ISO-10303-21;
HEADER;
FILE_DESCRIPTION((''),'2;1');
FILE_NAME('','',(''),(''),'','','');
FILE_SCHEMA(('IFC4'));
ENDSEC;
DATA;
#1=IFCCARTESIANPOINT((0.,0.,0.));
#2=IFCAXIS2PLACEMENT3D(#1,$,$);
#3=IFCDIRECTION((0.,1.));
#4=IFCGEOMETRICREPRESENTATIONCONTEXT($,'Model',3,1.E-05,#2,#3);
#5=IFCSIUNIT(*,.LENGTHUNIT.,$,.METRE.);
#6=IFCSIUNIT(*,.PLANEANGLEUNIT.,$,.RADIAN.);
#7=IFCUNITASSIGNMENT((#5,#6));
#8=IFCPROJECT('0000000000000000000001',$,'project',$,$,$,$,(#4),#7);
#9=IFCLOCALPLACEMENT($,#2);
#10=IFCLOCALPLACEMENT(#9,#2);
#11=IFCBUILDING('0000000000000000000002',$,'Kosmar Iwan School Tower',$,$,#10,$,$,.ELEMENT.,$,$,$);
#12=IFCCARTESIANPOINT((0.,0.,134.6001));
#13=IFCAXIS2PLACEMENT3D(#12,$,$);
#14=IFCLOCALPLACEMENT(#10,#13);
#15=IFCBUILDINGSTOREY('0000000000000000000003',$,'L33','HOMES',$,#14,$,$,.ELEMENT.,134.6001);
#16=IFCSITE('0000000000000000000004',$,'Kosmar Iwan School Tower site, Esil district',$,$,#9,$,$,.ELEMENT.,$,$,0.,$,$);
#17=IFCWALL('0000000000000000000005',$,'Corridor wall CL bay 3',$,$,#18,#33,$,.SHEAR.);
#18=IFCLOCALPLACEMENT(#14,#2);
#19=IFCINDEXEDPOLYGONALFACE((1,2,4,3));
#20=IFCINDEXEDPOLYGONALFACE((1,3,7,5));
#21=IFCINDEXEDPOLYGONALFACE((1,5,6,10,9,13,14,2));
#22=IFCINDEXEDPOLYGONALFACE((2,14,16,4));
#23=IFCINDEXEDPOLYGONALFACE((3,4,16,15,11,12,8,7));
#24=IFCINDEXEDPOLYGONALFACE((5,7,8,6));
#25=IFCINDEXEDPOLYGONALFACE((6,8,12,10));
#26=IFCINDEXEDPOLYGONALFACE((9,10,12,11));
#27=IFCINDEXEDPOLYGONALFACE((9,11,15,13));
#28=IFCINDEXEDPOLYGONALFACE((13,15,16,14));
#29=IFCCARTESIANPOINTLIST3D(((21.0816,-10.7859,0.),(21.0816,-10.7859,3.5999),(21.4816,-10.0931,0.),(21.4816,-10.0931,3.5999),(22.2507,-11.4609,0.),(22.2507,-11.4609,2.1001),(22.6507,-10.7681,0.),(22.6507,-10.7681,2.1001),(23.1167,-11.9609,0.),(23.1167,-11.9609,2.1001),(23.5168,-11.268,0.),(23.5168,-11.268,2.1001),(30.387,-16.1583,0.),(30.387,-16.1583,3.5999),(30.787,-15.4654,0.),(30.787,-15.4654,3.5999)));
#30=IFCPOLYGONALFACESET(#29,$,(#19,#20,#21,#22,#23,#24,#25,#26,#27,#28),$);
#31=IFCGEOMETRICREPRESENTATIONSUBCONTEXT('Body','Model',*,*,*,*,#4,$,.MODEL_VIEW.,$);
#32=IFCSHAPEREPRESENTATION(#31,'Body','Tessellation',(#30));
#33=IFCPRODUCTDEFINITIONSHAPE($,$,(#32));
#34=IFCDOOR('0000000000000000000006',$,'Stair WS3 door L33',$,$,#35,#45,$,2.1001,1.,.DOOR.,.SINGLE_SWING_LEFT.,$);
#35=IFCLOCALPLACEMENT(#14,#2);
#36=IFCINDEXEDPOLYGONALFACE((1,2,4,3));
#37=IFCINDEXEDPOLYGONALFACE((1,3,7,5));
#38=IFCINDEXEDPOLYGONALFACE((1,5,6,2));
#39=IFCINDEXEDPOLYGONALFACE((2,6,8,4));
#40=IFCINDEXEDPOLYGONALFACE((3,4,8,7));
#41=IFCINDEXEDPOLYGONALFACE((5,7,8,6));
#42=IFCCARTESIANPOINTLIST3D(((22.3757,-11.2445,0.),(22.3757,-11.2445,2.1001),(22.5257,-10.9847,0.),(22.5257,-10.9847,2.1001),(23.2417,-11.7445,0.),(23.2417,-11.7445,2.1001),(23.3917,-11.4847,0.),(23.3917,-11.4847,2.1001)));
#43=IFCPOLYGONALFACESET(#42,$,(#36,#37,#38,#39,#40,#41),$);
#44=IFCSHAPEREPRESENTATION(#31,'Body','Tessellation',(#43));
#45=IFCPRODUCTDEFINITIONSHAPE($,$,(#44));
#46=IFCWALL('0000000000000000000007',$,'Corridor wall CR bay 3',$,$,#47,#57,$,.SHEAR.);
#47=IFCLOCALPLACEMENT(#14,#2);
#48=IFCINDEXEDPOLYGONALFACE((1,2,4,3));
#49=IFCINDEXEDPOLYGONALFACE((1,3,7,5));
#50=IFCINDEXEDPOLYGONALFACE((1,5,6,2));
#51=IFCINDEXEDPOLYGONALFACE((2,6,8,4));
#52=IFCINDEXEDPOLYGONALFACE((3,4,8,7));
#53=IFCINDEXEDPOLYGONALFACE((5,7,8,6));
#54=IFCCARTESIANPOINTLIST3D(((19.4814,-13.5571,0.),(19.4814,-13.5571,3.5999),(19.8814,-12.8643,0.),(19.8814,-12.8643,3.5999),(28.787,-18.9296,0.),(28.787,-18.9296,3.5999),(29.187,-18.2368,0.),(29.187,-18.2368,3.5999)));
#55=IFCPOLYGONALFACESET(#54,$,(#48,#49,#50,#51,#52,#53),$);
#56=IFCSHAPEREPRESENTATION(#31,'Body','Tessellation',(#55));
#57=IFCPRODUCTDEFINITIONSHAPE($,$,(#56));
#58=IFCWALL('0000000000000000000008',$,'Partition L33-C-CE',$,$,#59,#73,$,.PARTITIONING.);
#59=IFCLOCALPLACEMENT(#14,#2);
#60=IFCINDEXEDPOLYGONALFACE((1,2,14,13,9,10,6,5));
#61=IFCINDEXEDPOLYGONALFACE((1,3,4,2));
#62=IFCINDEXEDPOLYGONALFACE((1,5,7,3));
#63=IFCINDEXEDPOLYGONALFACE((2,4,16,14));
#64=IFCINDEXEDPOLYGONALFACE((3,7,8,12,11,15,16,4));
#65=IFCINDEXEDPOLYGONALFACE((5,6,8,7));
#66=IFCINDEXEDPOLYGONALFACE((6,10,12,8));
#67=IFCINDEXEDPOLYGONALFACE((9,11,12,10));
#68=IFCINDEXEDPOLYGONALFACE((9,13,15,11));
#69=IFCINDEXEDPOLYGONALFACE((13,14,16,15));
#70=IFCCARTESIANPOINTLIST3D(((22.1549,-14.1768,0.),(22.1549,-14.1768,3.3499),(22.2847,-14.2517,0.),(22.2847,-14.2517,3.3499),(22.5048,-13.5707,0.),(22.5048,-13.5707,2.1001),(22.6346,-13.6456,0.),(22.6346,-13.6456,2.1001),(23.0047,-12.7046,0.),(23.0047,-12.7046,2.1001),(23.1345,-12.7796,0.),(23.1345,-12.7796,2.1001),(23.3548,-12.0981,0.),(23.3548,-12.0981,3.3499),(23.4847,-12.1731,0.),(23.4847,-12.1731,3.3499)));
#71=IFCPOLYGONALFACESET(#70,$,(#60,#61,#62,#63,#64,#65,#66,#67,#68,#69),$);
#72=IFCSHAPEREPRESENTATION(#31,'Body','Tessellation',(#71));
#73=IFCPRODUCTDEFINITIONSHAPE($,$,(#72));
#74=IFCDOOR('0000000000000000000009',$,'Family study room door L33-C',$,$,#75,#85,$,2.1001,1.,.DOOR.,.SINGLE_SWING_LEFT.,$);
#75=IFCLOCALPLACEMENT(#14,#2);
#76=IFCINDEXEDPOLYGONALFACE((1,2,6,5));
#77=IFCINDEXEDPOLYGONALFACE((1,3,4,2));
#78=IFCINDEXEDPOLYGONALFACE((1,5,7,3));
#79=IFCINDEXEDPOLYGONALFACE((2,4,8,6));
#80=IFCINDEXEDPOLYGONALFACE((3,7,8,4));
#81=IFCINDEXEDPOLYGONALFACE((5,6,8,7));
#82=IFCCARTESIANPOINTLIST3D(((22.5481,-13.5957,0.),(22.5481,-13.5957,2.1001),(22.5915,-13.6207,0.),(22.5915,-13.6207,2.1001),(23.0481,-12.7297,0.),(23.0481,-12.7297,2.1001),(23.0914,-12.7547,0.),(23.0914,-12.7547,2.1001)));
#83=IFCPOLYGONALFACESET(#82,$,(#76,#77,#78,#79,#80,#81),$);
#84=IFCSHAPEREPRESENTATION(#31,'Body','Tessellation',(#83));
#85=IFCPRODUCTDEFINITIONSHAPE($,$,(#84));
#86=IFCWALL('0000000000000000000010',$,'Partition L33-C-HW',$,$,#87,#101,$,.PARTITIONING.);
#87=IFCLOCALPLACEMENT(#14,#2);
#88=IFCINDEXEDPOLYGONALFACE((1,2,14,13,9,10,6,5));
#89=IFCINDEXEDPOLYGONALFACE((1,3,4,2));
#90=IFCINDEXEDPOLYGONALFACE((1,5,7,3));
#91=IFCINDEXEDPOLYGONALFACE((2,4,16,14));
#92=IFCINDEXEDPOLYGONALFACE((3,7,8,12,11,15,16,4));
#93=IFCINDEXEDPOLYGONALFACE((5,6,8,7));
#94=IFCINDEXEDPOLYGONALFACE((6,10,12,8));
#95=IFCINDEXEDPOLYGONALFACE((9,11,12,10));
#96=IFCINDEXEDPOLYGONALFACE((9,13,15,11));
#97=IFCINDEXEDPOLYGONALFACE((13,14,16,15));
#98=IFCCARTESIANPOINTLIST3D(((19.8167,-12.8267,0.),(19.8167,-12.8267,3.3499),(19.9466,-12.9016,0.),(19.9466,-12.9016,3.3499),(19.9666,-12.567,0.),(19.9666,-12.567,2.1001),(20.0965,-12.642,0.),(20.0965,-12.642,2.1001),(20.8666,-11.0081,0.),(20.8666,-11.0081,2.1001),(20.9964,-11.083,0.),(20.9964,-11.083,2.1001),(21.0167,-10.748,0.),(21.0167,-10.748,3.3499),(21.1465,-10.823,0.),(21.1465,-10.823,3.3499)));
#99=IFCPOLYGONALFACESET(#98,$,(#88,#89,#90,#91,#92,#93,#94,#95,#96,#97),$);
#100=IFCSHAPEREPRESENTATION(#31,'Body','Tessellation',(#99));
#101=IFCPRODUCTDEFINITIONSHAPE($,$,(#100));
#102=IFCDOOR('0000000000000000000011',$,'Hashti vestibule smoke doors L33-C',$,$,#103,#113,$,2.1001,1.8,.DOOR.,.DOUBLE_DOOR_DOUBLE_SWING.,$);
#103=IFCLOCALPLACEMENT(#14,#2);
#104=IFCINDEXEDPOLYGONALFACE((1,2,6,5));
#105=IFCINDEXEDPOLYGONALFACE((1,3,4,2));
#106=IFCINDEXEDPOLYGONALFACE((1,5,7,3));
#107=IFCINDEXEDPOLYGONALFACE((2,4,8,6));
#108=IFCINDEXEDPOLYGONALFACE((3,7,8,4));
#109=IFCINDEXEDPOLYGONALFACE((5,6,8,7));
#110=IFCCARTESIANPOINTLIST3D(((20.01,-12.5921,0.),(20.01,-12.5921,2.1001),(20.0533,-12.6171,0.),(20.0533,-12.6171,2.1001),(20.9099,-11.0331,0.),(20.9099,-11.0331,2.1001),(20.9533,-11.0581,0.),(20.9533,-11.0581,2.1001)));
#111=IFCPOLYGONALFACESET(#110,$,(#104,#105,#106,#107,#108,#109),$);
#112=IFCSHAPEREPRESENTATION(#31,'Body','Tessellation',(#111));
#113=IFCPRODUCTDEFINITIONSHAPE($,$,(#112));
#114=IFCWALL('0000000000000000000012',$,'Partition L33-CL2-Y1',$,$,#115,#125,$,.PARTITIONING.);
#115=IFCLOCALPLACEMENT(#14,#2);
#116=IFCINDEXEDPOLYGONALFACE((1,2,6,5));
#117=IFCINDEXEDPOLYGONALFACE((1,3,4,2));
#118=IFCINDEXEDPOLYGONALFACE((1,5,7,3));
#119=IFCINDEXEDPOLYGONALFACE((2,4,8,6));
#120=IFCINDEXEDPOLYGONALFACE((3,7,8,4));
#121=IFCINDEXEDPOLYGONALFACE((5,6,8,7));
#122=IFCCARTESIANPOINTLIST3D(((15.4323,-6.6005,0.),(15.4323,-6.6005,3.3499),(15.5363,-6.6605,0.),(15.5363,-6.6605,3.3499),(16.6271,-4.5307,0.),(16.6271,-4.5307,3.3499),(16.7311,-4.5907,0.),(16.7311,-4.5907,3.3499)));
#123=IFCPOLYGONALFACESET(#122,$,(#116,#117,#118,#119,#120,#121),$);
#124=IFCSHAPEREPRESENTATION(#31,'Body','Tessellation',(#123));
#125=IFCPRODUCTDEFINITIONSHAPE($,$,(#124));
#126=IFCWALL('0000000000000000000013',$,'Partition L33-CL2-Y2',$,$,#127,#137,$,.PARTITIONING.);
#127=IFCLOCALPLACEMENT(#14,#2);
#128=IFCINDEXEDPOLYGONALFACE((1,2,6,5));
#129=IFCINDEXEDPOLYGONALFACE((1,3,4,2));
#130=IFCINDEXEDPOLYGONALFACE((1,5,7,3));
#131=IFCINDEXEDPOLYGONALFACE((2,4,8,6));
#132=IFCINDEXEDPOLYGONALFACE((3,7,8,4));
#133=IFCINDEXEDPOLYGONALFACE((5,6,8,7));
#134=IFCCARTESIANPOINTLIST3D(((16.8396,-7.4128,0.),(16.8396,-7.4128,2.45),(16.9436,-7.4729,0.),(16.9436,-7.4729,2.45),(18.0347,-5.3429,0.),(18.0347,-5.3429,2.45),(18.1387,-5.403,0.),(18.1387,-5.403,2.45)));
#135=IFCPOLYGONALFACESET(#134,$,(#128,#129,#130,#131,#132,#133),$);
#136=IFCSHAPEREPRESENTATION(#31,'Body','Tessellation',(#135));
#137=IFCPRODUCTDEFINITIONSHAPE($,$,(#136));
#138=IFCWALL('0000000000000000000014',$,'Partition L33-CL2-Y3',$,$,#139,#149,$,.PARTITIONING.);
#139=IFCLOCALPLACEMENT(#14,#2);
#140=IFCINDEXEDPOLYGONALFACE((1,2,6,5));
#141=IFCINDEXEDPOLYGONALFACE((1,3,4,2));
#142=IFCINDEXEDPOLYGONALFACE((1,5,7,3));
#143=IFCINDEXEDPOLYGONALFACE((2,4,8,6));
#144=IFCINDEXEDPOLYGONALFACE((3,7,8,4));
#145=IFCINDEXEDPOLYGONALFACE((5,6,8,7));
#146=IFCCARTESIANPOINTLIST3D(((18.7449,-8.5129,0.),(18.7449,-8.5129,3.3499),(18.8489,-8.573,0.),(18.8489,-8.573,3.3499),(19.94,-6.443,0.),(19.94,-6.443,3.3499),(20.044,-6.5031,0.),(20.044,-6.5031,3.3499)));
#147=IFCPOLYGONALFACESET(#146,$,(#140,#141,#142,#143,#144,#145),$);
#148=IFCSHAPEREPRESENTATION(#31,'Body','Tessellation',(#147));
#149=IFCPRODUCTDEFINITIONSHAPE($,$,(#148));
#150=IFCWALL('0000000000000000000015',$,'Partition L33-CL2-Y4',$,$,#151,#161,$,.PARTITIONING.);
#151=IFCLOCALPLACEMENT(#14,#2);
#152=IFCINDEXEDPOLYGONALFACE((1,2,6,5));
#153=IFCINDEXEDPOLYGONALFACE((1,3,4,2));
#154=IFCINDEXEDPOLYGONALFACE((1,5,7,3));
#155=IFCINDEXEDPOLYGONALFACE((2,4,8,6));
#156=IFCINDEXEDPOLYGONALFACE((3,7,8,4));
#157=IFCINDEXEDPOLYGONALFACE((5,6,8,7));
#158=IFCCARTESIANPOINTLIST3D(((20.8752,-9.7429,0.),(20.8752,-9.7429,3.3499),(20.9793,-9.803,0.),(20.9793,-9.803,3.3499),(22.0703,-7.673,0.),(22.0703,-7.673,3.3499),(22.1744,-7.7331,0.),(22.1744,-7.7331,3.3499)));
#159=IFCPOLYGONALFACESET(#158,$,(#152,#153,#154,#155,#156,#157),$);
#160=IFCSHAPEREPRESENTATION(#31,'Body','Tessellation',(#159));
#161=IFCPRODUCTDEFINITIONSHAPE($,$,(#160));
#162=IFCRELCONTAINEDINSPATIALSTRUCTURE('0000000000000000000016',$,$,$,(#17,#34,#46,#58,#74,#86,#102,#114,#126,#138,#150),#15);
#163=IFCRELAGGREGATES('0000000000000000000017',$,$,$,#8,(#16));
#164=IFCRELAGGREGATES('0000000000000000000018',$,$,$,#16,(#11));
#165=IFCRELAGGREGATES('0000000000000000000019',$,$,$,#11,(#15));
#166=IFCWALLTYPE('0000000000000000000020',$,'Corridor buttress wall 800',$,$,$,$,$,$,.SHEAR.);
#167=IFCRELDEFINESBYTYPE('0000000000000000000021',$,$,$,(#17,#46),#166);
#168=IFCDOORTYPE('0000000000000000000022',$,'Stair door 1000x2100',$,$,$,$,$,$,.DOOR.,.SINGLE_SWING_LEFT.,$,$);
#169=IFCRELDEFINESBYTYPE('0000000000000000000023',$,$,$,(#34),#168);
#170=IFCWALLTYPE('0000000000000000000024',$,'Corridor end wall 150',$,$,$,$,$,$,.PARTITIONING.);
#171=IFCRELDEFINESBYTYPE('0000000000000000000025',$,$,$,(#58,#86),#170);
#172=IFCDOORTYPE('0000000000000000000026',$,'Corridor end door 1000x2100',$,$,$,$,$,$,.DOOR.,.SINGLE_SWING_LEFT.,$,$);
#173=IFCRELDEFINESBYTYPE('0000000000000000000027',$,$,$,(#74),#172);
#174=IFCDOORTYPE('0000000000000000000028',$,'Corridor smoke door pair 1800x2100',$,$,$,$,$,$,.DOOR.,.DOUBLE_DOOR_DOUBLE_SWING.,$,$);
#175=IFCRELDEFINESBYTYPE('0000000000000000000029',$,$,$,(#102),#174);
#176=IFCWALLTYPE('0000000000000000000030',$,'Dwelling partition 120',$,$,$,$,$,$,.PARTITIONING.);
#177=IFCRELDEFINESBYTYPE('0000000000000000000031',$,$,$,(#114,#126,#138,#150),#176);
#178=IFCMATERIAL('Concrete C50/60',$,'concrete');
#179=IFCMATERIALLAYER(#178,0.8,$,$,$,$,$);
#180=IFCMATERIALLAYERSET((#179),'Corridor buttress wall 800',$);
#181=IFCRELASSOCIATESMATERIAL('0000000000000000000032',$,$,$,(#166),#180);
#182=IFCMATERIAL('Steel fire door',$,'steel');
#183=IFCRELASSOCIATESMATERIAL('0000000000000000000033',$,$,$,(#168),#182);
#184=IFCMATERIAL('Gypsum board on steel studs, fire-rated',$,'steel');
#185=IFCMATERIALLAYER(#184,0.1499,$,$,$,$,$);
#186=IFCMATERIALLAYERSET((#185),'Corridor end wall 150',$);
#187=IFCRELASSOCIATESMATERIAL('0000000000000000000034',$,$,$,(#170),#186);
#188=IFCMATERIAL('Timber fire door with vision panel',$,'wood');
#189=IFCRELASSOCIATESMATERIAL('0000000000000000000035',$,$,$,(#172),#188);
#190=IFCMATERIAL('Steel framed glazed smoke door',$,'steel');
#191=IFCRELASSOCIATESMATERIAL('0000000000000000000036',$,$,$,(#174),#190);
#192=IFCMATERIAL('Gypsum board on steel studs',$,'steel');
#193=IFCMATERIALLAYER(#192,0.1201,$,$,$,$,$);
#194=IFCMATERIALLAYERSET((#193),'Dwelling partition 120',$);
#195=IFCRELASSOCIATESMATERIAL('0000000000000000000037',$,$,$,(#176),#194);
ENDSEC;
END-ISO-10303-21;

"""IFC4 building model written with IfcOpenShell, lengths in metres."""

from ifc_helpers import new_model, si_unit, direction, frame, frame_2d, origin, place, context, subcontext, project, spatial, rectangle, extrude, material, layer, layer_set, type_object, element, fill, save


model = new_model("IFC4")

# Units and contexts
model_context = context("Model", 3, precision=1e-05, world=origin(), true_north=direction((0.0, 1.0)))
body_context = subcontext(model_context, "Body", "Model", "MODEL_VIEW")
ifc_project = project(units=[si_unit("LENGTHUNIT", "METRE"), si_unit("PLANEANGLEUNIT", "RADIAN")], contexts=[model_context])

# Site, building, storey
site_placement = place(None, origin())
site = spatial("IfcSite", under=ifc_project, at=site_placement, Name="Kosmar Iwan School Tower site, Esil district", CompositionType="ELEMENT", RefElevation=0.0)
building_placement = place(site_placement, origin())
building = spatial("IfcBuilding", under=site, at=building_placement, Name="Kosmar Iwan School Tower", CompositionType="ELEMENT")
storey_placement = place(building_placement, frame((0.0, 0.0, 134.6001)))
storey = spatial("IfcBuildingStorey", under=building, at=storey_placement, Name="L33", Description="HOMES", CompositionType="ELEMENT", Elevation=134.6001)

# Wall, opening, door
ifc_material_1 = material(Name="Concrete C50/60", Category="concrete")
ifc_layer_1 = layer(ifc_material_1, 0.8)
ifc_layer_set_1 = layer_set([ifc_layer_1], Name="Corridor buttress wall 800")
wall_type_1 = type_object("IfcWallType", Name="Corridor buttress wall 800", PredefinedType="SHEAR", material=ifc_layer_set_1)
wall_1_placement = place(storey_placement, frame((21.2815, -10.4395, 0.0), z_axis=(0.0, 0.0, 1.0), x_axis=(0.866032, -0.499988, 0.0)))
wall_1 = element("IfcWall", 1, at=wall_1_placement, inside=storey, type_object=wall_type_1, Name="Corridor wall CL bay 3", PredefinedType="SHEAR", context=body_context, shape_type="SweptSolid", body=[
    extrude(rectangle(XDim=10.7449, YDim=0.8, at=frame_2d((5.3726, 0.0))), origin(), (0.0, 0.0, 1.0), 3.5999),
])
opening_1_placement = place(wall_1_placement, frame((1.3501, 0.0, 0.0)))
opening_1 = element("IfcOpeningElement", 2, at=opening_1_placement, cuts=wall_1, PredefinedType="OPENING", context=body_context, shape_type="SweptSolid", body=[
    extrude(rectangle(XDim=1.0, YDim=2.1001, at=frame_2d((0.5, 1.05))), frame((0.0, 0.4121, 0.0), z_axis=(0.0, -1.0, 0.0), x_axis=(1.0, 0.0, 0.0)), (0.0, 0.0, 1.0), 0.824),
])
ifc_material_2 = material(Name="Steel fire door", Category="steel")
door_type_1 = type_object("IfcDoorType", Name="Stair door 1000x2100", OperationType="SINGLE_SWING_LEFT", PredefinedType="DOOR", material=ifc_material_2)
door_1_placement = place(opening_1_placement, origin())
door_1 = element("IfcDoor", 3, at=door_1_placement, inside=storey, type_object=door_type_1, Name="Stair WS3 door L33", OperationType="SINGLE_SWING_LEFT", OverallHeight=2.1001, OverallWidth=1.0, PredefinedType="DOOR", context=body_context, shape_type="SweptSolid", body=[
    extrude(rectangle(XDim=1.0, YDim=2.1001, at=frame_2d((0.5, 1.05))), frame((0.0, 0.1499, 0.0), z_axis=(0.0, -1.0, 0.0), x_axis=(1.0, 0.0, 0.0)), (0.0, 0.0, 1.0), 0.3),
])
fill(opening_1, door_1)

# Wall
wall_2_placement = place(storey_placement, frame((19.6814, -13.2107, 0.0), z_axis=(0.0, 0.0, 1.0), x_axis=(0.866028, -0.499995, 0.0)))
element("IfcWall", 4, at=wall_2_placement, inside=storey, type_object=wall_type_1, Name="Corridor wall CR bay 3", PredefinedType="SHEAR", context=body_context, shape_type="SweptSolid", body=[
    extrude(rectangle(XDim=10.7451, YDim=0.8, at=frame_2d((5.3726, 0.0))), origin(), (0.0, 0.0, 1.0), 3.5999),
])

# Walls, openings, doors
ifc_material_3 = material(Name="Gypsum board on steel studs, fire-rated", Category="steel")
ifc_layer_2 = layer(ifc_material_3, 0.1499)
ifc_layer_set_2 = layer_set([ifc_layer_2], Name="Corridor end wall 150")
wall_type_2 = type_object("IfcWallType", Name="Corridor end wall 150", PredefinedType="PARTITIONING", material=ifc_layer_set_2)
wall_3_placement = place(storey_placement, frame((22.2197, -14.2144, 0.0), z_axis=(0.0, 0.0, 1.0), x_axis=(0.499957, 0.86605, 0.0)))
wall_3 = element("IfcWall", 5, at=wall_3_placement, inside=storey, type_object=wall_type_2, Name="Partition L33-C-CE", PredefinedType="PARTITIONING", context=body_context, shape_type="SweptSolid", body=[
    extrude(rectangle(XDim=2.4001, YDim=0.1499, at=frame_2d((1.2002, 0.0))), origin(), (0.0, 0.0, 1.0), 3.3499),
])
opening_2_placement = place(wall_3_placement, frame((0.7, 0.0, 0.0)))
opening_2 = element("IfcOpeningElement", 6, at=opening_2_placement, cuts=wall_3, PredefinedType="OPENING", context=body_context, shape_type="SweptSolid", body=[
    extrude(rectangle(XDim=1.0, YDim=2.1001, at=frame_2d((0.5, 1.05))), frame((0.0, 0.0869, 0.0), z_axis=(0.0, -1.0, 0.0), x_axis=(1.0, 0.0, 0.0)), (0.0, 0.0, 1.0), 0.1738),
])
ifc_material_4 = material(Name="Timber fire door with vision panel", Category="wood")
door_type_2 = type_object("IfcDoorType", Name="Corridor end door 1000x2100", OperationType="SINGLE_SWING_LEFT", PredefinedType="DOOR", material=ifc_material_4)
door_2_placement = place(opening_2_placement, origin())
door_2 = element("IfcDoor", 7, at=door_2_placement, inside=storey, type_object=door_type_2, Name="Family study room door L33-C", OperationType="SINGLE_SWING_LEFT", OverallHeight=2.1001, OverallWidth=1.0, PredefinedType="DOOR", context=body_context, shape_type="SweptSolid", body=[
    extrude(rectangle(XDim=1.0, YDim=2.1001, at=frame_2d((0.5, 1.05))), frame((0.0, 0.0249, 0.0), z_axis=(0.0, -1.0, 0.0), x_axis=(1.0, 0.0, 0.0)), (0.0, 0.0, 1.0), 0.05),
])
fill(opening_2, door_2)
wall_4_placement = place(storey_placement, frame((19.8816, -12.8643, 0.0), z_axis=(0.0, 0.0, 1.0), x_axis=(0.499957, 0.86605, 0.0)))
wall_4 = element("IfcWall", 8, at=wall_4_placement, inside=storey, type_object=wall_type_2, Name="Partition L33-C-HW", PredefinedType="PARTITIONING", context=body_context, shape_type="SweptSolid", body=[
    extrude(rectangle(XDim=2.4001, YDim=0.1499, at=frame_2d((1.2002, 0.0))), origin(), (0.0, 0.0, 1.0), 3.3499),
])
opening_3_placement = place(wall_4_placement, frame((0.3, 0.0, 0.0)))
opening_3 = element("IfcOpeningElement", 9, at=opening_3_placement, cuts=wall_4, PredefinedType="OPENING", context=body_context, shape_type="SweptSolid", body=[
    extrude(rectangle(XDim=1.8, YDim=2.1001, at=frame_2d((0.8999, 1.05))), frame((0.0, 0.0869, 0.0), z_axis=(0.0, -1.0, 0.0), x_axis=(1.0, 0.0, 0.0)), (0.0, 0.0, 1.0), 0.1738),
])
ifc_material_5 = material(Name="Steel framed glazed smoke door", Category="steel")
door_type_3 = type_object("IfcDoorType", Name="Corridor smoke door pair 1800x2100", OperationType="DOUBLE_DOOR_DOUBLE_SWING", PredefinedType="DOOR", material=ifc_material_5)
door_3_placement = place(opening_3_placement, origin())
door_3 = element("IfcDoor", 10, at=door_3_placement, inside=storey, type_object=door_type_3, Name="Hashti vestibule smoke doors L33-C", OperationType="DOUBLE_DOOR_DOUBLE_SWING", OverallHeight=2.1001, OverallWidth=1.8, PredefinedType="DOOR", context=body_context, shape_type="SweptSolid", body=[
    extrude(rectangle(XDim=1.8, YDim=2.1001, at=frame_2d((0.8999, 1.05))), frame((0.0, 0.0249, 0.0), z_axis=(0.0, -1.0, 0.0), x_axis=(1.0, 0.0, 0.0)), (0.0, 0.0, 1.0), 0.05),
])
fill(opening_3, door_3)

# Walls
ifc_material_6 = material(Name="Gypsum board on steel studs", Category="steel")
ifc_layer_3 = layer(ifc_material_6, 0.1201)
ifc_layer_set_3 = layer_set([ifc_layer_3], Name="Dwelling partition 120")
wall_type_3 = type_object("IfcWallType", Name="Dwelling partition 120", PredefinedType="PARTITIONING", material=ifc_layer_set_3)
wall_5_placement = place(storey_placement, frame((15.4844, -6.6304, 0.0), z_axis=(0.0, 0.0, 1.0), x_axis=(0.499941, 0.86606, 0.0)))
element("IfcWall", 11, at=wall_5_placement, inside=storey, type_object=wall_type_3, Name="Partition L33-CL2-Y1", PredefinedType="PARTITIONING", context=body_context, shape_type="SweptSolid", body=[
    extrude(rectangle(XDim=2.3899, YDim=0.1201, at=frame_2d((1.1948, 0.0))), origin(), (0.0, 0.0, 1.0), 3.3499),
])
wall_6_placement = place(storey_placement, frame((16.8916, -7.4429, 0.0), z_axis=(0.0, 0.0, 1.0), x_axis=(0.500017, 0.866015, 0.0)))
element("IfcWall", 12, at=wall_6_placement, inside=storey, type_object=wall_type_3, Name="Partition L33-CL2-Y2", PredefinedType="PARTITIONING", context=body_context, shape_type="SweptSolid", body=[
    extrude(rectangle(XDim=2.3901, YDim=0.1201, at=frame_2d((1.1951, 0.0))), origin(), (0.0, 0.0, 1.0), 2.45),
])
for number, where, z_axis, x_axis, name in (
    (13, (18.7969, -8.543, 0.0), (0.0, 0.0, 1.0), (0.500017, 0.866015, 0.0), "Partition L33-CL2-Y3"),
    (14, (20.9272, -9.7729, 0.0), (0.0, 0.0, 1.0), (0.500017, 0.866015, 0.0), "Partition L33-CL2-Y4"),
):
    element("IfcWall", number, at=place(storey_placement, frame(where, z_axis=z_axis, x_axis=x_axis)), inside=storey, type_object=wall_type_3, Name=name, PredefinedType="PARTITIONING", context=body_context, shape_type="SweptSolid", body=[
        extrude(rectangle(XDim=2.3901, YDim=0.1201, at=frame_2d((1.1951, 0.0))), origin(), (0.0, 0.0, 1.0), 3.3499),
    ])

save(model, "model.ifc")
